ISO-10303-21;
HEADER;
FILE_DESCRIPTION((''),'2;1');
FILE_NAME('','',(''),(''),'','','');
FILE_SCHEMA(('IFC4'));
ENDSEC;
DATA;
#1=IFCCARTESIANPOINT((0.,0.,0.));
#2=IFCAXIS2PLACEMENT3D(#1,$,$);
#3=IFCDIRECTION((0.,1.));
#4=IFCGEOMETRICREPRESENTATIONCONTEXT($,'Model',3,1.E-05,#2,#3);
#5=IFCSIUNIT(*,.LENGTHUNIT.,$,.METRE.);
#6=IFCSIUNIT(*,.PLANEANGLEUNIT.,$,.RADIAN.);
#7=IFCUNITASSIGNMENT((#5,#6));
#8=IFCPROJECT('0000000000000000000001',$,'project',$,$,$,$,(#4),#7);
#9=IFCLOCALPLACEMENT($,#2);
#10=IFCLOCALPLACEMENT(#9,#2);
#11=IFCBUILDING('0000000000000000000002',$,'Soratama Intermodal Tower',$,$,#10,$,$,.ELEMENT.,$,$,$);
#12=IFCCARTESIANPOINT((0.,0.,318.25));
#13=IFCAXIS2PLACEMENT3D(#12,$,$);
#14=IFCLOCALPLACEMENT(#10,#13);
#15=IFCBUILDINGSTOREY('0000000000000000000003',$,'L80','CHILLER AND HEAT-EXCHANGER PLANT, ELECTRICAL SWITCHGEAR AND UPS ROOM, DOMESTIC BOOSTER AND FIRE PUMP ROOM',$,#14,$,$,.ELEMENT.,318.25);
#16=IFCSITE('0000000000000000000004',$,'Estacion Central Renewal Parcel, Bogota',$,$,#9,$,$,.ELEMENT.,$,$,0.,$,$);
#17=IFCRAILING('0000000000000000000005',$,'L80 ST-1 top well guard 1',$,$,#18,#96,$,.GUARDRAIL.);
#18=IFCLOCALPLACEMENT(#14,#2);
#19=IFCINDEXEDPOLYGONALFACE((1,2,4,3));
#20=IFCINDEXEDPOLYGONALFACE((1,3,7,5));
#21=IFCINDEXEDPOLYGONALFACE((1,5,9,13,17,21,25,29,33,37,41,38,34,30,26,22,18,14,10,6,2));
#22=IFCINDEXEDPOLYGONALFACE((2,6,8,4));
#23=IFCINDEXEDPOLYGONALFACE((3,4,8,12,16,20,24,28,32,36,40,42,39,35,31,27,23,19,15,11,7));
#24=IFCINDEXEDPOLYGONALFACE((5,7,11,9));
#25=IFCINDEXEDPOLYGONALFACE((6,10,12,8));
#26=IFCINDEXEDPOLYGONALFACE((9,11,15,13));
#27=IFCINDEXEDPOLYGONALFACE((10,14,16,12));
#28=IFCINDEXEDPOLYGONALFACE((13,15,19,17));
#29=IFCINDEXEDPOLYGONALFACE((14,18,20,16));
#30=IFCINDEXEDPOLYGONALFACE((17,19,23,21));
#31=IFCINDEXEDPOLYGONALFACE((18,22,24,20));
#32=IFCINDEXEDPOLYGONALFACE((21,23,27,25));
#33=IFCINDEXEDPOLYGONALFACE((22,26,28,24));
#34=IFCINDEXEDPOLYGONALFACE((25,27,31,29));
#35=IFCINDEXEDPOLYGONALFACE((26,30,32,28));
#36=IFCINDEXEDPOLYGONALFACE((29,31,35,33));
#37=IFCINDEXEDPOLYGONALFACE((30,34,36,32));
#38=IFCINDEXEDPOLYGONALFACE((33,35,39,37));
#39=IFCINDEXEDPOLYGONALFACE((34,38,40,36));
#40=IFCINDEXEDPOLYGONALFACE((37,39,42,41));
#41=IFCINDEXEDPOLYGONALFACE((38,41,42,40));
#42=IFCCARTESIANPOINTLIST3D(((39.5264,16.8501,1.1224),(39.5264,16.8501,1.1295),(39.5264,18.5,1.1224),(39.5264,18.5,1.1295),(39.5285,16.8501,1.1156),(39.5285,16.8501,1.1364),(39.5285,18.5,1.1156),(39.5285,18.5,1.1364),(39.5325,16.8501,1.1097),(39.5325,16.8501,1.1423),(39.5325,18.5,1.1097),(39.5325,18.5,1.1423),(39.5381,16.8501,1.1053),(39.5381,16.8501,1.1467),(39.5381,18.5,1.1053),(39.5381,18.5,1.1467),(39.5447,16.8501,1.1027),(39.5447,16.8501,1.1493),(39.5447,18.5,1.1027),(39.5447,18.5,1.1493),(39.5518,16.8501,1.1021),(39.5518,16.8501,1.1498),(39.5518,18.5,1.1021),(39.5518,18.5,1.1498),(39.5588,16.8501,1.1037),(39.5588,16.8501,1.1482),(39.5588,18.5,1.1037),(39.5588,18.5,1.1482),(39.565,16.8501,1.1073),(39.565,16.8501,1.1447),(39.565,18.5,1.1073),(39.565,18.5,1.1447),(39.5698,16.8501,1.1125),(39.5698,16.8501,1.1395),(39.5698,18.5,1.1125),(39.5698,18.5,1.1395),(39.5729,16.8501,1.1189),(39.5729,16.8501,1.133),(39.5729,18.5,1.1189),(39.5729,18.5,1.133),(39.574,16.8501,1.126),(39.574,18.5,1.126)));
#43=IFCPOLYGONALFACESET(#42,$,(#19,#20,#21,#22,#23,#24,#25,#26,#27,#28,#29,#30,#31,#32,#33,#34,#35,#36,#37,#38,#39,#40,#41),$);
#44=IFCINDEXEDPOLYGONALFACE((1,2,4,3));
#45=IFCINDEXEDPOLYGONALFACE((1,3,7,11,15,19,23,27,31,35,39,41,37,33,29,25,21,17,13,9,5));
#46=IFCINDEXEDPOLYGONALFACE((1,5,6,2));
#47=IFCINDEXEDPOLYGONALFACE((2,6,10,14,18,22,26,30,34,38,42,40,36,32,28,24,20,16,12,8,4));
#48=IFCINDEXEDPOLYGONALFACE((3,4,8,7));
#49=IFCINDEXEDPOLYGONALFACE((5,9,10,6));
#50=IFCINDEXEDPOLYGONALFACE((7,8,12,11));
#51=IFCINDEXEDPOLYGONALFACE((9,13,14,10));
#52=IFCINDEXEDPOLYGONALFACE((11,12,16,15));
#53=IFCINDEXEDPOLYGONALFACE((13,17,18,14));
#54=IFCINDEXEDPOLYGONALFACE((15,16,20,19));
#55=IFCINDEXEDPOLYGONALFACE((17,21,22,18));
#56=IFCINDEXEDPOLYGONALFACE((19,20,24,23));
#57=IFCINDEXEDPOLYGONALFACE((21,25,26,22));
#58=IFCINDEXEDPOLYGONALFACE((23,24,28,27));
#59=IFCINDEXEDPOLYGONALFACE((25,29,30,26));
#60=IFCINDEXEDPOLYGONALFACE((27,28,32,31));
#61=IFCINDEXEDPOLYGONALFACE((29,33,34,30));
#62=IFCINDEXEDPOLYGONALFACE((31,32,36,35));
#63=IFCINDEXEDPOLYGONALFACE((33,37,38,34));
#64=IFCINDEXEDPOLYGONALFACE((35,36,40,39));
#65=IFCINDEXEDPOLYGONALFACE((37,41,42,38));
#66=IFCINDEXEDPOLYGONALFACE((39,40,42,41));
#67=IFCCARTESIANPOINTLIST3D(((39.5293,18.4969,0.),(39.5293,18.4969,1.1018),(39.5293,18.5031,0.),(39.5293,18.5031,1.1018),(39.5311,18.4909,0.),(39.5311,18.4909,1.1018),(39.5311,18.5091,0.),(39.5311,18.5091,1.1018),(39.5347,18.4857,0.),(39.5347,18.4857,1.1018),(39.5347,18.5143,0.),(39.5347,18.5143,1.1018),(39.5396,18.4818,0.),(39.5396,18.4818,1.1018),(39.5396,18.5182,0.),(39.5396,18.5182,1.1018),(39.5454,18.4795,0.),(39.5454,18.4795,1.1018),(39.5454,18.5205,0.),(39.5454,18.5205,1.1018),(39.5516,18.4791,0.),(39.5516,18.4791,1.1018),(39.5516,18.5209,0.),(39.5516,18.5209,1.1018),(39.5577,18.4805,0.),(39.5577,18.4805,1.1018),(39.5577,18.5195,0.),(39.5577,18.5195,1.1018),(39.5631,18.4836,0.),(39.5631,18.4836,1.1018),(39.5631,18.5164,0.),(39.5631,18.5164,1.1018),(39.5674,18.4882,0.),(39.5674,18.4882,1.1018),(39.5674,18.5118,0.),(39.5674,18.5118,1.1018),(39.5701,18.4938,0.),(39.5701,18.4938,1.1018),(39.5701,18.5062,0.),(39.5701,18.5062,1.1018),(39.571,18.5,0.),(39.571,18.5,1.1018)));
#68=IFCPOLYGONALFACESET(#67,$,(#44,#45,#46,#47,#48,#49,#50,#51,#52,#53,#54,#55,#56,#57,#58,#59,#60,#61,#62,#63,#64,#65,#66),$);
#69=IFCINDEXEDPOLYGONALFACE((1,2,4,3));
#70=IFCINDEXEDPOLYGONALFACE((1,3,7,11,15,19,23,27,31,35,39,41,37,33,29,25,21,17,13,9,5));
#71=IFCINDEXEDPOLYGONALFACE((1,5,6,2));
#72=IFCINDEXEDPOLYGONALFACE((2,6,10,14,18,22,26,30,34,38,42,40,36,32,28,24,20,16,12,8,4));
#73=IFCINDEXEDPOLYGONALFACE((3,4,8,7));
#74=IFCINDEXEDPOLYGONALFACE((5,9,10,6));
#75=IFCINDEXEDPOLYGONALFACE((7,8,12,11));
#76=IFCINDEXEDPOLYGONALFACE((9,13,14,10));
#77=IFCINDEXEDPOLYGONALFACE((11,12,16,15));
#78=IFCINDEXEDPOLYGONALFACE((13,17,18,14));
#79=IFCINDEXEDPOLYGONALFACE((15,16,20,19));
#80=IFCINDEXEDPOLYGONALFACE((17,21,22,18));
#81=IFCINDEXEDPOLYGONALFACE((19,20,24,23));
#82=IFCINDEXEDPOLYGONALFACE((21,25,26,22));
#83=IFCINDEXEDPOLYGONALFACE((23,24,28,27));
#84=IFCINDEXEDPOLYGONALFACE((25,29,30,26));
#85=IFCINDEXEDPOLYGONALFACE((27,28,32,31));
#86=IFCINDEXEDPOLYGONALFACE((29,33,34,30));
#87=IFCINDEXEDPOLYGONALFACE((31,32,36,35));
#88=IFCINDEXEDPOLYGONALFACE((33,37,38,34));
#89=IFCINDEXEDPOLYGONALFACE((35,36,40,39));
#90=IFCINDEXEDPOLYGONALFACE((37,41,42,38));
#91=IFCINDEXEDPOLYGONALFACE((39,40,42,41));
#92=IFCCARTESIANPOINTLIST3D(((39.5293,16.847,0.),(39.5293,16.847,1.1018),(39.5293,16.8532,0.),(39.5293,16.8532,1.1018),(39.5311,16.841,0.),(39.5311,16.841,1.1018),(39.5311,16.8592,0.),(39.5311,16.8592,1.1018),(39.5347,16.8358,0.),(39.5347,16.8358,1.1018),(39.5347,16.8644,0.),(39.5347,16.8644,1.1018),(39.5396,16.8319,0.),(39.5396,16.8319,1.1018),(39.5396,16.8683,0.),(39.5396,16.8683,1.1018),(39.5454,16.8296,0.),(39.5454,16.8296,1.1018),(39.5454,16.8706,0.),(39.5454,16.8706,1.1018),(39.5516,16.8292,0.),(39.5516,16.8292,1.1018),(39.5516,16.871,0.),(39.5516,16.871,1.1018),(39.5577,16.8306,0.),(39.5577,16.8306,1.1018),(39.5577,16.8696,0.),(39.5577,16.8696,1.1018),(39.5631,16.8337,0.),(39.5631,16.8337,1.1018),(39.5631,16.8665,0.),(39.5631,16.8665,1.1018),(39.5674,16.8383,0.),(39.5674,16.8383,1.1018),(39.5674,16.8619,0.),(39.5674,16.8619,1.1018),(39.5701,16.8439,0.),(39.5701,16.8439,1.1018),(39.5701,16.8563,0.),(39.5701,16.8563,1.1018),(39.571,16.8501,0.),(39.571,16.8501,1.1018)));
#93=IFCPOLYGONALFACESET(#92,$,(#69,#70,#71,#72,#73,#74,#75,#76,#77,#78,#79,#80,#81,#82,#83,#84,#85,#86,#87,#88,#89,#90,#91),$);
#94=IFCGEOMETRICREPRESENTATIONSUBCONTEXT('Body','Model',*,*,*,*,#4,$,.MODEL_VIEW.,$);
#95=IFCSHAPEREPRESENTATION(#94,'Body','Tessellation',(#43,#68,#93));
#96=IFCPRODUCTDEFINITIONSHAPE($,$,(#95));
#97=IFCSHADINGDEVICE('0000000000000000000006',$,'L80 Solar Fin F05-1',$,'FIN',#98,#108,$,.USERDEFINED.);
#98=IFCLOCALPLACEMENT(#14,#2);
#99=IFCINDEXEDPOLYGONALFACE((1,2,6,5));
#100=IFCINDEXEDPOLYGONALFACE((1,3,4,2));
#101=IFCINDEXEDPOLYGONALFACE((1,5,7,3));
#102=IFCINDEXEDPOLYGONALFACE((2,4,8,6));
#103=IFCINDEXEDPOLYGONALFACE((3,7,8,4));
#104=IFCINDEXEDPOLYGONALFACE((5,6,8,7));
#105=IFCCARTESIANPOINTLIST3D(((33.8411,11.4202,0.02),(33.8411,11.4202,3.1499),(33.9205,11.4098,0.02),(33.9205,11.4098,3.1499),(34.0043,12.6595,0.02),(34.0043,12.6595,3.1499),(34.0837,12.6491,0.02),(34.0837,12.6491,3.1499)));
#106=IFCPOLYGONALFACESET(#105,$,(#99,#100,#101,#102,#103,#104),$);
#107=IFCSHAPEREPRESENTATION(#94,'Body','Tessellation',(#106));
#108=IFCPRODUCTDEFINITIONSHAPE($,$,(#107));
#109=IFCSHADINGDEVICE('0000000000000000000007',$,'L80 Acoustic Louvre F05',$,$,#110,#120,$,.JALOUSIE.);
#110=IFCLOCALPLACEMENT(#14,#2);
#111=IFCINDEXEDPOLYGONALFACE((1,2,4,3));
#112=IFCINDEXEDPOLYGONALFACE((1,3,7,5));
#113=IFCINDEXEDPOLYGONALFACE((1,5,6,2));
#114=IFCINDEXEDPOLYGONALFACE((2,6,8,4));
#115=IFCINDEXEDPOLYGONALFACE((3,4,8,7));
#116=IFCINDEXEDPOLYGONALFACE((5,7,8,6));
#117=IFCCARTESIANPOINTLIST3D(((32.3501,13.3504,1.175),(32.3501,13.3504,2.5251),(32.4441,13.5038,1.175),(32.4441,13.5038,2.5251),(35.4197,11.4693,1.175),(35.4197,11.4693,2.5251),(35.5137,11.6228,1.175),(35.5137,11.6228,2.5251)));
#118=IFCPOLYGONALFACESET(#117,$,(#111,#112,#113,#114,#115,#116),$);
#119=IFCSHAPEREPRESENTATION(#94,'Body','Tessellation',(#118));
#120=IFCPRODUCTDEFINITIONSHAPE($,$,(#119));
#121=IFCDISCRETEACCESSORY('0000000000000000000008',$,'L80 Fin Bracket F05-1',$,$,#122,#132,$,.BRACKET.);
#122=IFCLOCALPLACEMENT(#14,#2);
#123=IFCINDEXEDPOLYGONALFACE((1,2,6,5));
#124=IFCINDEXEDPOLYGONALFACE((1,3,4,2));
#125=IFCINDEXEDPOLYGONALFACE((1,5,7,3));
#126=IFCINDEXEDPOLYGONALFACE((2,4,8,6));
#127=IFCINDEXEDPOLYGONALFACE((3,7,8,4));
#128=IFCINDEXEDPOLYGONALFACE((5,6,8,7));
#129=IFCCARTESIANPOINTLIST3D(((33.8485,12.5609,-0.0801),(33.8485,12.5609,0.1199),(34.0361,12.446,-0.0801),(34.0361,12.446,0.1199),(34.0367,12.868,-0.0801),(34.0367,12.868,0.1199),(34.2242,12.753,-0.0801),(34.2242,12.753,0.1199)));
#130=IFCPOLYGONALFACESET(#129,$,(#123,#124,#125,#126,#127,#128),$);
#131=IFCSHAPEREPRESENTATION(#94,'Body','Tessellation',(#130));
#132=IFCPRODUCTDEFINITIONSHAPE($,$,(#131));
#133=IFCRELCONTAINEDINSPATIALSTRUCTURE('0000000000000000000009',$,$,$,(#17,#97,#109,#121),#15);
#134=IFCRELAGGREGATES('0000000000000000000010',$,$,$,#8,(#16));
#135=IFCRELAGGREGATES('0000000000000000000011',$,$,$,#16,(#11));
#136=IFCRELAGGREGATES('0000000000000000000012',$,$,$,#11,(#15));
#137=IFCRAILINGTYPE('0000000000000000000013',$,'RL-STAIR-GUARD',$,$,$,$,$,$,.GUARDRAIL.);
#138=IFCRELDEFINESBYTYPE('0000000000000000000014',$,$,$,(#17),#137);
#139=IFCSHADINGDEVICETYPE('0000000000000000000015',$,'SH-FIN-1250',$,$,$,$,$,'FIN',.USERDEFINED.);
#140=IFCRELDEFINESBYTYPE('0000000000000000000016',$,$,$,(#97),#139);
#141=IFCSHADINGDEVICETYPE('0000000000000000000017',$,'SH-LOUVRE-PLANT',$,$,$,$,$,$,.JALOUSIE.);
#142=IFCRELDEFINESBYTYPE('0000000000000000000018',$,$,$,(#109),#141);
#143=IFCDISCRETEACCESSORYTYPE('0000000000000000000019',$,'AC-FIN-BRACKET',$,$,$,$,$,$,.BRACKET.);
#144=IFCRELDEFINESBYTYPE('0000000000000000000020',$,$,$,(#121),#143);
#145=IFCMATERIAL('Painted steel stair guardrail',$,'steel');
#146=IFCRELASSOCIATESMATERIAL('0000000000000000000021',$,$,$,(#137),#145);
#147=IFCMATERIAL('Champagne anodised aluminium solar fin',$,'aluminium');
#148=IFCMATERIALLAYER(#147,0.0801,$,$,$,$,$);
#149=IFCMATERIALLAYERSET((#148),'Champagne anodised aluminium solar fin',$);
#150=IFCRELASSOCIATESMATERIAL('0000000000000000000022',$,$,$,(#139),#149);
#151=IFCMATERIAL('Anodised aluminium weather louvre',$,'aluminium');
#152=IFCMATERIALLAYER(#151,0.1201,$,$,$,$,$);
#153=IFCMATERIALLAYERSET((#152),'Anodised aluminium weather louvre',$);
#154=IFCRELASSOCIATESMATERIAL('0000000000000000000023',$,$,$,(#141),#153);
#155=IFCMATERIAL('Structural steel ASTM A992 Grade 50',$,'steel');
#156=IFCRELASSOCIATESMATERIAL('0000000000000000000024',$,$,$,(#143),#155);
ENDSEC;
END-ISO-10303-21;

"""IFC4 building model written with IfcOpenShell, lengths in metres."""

from ifc_helpers import new_model, si_unit, direction, frame, origin, origin_2d, place, context, subcontext, project, spatial, rectangle, circle, extrude, material, layer, layer_set, type_object, element, save


model = new_model("IFC4")

# Units and contexts
model_context = context("Model", 3, precision=1e-05, world=origin(), true_north=direction((0.0, 1.0)))
body_context = subcontext(model_context, "Body", "Model", "MODEL_VIEW")
ifc_project = project(units=[si_unit("LENGTHUNIT", "METRE"), si_unit("PLANEANGLEUNIT", "RADIAN")], contexts=[model_context])

# Site, building, storey
site_placement = place(None, origin())
site = spatial("IfcSite", under=ifc_project, at=site_placement, Name="Estacion Central Renewal Parcel, Bogota", CompositionType="ELEMENT", RefElevation=0.0)
building_placement = place(site_placement, origin())
building = spatial("IfcBuilding", under=site, at=building_placement, Name="Soratama Intermodal Tower", CompositionType="ELEMENT")
storey_placement = place(building_placement, frame((0.0, 0.0, 318.25)))
storey = spatial("IfcBuildingStorey", under=building, at=storey_placement, Name="L80", Description="CHILLER AND HEAT-EXCHANGER PLANT, ELECTRICAL SWITCHGEAR AND UPS ROOM, DOMESTIC BOOSTER AND FIRE PUMP ROOM", CompositionType="ELEMENT", Elevation=318.25)

# Railing
ifc_material_1 = material(Name="Painted steel stair guardrail", Category="steel")
railing_type = type_object("IfcRailingType", Name="RL-STAIR-GUARD", PredefinedType="GUARDRAIL", material=ifc_material_1)
railing_placement = place(storey_placement, frame((39.55, 18.5, 0.0)))
element("IfcRailing", 1, at=railing_placement, inside=storey, type_object=railing_type, Name="L80 ST-1 top well guard 1", PredefinedType="GUARDRAIL", context=body_context, shape_type="SweptSolid", body=[
    extrude(circle(Radius=0.0239, at=origin_2d()), frame((0.0, 0.0, 1.126), z_axis=(0.0, -1.0, 0.0), x_axis=(1.0, 0.0, 0.0)), (0.0, 0.0, 1.0), 1.6499),
    extrude(circle(Radius=0.021, at=origin_2d()), origin(), (0.0, 0.0, 1.0), 1.1018),
    extrude(circle(Radius=0.021, at=origin_2d()), frame((0.0, -1.6499, 0.0)), (0.0, 0.0, 1.0), 1.1018),
])

# Shading devices
ifc_material_2 = material(Name="Champagne anodised aluminium solar fin", Category="aluminium")
ifc_layer_1 = layer(ifc_material_2, 0.0801)
ifc_layer_set_1 = layer_set([ifc_layer_1], Name="Champagne anodised aluminium solar fin")
shading_device_type_1 = type_object("IfcShadingDeviceType", Name="SH-FIN-1250", ElementType="FIN", PredefinedType="USERDEFINED", material=ifc_layer_set_1)
shading_device_1_placement = place(storey_placement, frame((33.9624, 12.0347, 0.02), z_axis=(0.0, 0.0, 1.0), x_axis=(-0.130526, -0.991445, 0.0)))
element("IfcShadingDevice", 2, at=shading_device_1_placement, inside=storey, type_object=shading_device_type_1, Name="L80 Solar Fin F05-1", ObjectType="FIN", PredefinedType="USERDEFINED", context=body_context, shape_type="SweptSolid", body=[
    extrude(rectangle(XDim=1.25, YDim=0.0801, at=origin_2d()), origin(), (0.0, 0.0, 1.0), 3.1299),
])
ifc_material_3 = material(Name="Anodised aluminium weather louvre", Category="aluminium")
ifc_layer_2 = layer(ifc_material_3, 0.1201)
ifc_layer_set_2 = layer_set([ifc_layer_2], Name="Anodised aluminium weather louvre")
shading_device_type_2 = type_object("IfcShadingDeviceType", Name="SH-LOUVRE-PLANT", PredefinedType="JALOUSIE", material=ifc_layer_set_2)
shading_device_2_placement = place(storey_placement, frame((33.9319, 12.4866, 1.175), z_axis=(0.0, 0.0, 1.0), x_axis=(0.85264, -0.522499, 0.0)))
element("IfcShadingDevice", 3, at=shading_device_2_placement, inside=storey, type_object=shading_device_type_2, Name="L80 Acoustic Louvre F05", PredefinedType="JALOUSIE", context=body_context, shape_type="SweptSolid", body=[
    extrude(rectangle(XDim=3.6001, YDim=0.1799, at=origin_2d()), origin(), (0.0, 0.0, 1.0), 1.3501),
])

# Discrete accessory
ifc_material_4 = material(Name="Structural steel ASTM A992 Grade 50", Category="steel")
discrete_accessory_type = type_object("IfcDiscreteAccessoryType", Name="AC-FIN-BRACKET", PredefinedType="BRACKET", material=ifc_material_4)
discrete_accessory_placement = place(storey_placement, frame((34.0364, 12.657, -0.0801), z_axis=(0.0, 0.0, 1.0), x_axis=(-0.522499, -0.85264, 0.0)))
element("IfcDiscreteAccessory", 4, at=discrete_accessory_placement, inside=storey, type_object=discrete_accessory_type, Name="L80 Fin Bracket F05-1", PredefinedType="BRACKET", context=body_context, shape_type="SweptSolid", body=[
    extrude(rectangle(XDim=0.3601, YDim=0.22, at=origin_2d()), origin(), (0.0, 0.0, 1.0), 0.2),
])

save(model, "model.ifc")
